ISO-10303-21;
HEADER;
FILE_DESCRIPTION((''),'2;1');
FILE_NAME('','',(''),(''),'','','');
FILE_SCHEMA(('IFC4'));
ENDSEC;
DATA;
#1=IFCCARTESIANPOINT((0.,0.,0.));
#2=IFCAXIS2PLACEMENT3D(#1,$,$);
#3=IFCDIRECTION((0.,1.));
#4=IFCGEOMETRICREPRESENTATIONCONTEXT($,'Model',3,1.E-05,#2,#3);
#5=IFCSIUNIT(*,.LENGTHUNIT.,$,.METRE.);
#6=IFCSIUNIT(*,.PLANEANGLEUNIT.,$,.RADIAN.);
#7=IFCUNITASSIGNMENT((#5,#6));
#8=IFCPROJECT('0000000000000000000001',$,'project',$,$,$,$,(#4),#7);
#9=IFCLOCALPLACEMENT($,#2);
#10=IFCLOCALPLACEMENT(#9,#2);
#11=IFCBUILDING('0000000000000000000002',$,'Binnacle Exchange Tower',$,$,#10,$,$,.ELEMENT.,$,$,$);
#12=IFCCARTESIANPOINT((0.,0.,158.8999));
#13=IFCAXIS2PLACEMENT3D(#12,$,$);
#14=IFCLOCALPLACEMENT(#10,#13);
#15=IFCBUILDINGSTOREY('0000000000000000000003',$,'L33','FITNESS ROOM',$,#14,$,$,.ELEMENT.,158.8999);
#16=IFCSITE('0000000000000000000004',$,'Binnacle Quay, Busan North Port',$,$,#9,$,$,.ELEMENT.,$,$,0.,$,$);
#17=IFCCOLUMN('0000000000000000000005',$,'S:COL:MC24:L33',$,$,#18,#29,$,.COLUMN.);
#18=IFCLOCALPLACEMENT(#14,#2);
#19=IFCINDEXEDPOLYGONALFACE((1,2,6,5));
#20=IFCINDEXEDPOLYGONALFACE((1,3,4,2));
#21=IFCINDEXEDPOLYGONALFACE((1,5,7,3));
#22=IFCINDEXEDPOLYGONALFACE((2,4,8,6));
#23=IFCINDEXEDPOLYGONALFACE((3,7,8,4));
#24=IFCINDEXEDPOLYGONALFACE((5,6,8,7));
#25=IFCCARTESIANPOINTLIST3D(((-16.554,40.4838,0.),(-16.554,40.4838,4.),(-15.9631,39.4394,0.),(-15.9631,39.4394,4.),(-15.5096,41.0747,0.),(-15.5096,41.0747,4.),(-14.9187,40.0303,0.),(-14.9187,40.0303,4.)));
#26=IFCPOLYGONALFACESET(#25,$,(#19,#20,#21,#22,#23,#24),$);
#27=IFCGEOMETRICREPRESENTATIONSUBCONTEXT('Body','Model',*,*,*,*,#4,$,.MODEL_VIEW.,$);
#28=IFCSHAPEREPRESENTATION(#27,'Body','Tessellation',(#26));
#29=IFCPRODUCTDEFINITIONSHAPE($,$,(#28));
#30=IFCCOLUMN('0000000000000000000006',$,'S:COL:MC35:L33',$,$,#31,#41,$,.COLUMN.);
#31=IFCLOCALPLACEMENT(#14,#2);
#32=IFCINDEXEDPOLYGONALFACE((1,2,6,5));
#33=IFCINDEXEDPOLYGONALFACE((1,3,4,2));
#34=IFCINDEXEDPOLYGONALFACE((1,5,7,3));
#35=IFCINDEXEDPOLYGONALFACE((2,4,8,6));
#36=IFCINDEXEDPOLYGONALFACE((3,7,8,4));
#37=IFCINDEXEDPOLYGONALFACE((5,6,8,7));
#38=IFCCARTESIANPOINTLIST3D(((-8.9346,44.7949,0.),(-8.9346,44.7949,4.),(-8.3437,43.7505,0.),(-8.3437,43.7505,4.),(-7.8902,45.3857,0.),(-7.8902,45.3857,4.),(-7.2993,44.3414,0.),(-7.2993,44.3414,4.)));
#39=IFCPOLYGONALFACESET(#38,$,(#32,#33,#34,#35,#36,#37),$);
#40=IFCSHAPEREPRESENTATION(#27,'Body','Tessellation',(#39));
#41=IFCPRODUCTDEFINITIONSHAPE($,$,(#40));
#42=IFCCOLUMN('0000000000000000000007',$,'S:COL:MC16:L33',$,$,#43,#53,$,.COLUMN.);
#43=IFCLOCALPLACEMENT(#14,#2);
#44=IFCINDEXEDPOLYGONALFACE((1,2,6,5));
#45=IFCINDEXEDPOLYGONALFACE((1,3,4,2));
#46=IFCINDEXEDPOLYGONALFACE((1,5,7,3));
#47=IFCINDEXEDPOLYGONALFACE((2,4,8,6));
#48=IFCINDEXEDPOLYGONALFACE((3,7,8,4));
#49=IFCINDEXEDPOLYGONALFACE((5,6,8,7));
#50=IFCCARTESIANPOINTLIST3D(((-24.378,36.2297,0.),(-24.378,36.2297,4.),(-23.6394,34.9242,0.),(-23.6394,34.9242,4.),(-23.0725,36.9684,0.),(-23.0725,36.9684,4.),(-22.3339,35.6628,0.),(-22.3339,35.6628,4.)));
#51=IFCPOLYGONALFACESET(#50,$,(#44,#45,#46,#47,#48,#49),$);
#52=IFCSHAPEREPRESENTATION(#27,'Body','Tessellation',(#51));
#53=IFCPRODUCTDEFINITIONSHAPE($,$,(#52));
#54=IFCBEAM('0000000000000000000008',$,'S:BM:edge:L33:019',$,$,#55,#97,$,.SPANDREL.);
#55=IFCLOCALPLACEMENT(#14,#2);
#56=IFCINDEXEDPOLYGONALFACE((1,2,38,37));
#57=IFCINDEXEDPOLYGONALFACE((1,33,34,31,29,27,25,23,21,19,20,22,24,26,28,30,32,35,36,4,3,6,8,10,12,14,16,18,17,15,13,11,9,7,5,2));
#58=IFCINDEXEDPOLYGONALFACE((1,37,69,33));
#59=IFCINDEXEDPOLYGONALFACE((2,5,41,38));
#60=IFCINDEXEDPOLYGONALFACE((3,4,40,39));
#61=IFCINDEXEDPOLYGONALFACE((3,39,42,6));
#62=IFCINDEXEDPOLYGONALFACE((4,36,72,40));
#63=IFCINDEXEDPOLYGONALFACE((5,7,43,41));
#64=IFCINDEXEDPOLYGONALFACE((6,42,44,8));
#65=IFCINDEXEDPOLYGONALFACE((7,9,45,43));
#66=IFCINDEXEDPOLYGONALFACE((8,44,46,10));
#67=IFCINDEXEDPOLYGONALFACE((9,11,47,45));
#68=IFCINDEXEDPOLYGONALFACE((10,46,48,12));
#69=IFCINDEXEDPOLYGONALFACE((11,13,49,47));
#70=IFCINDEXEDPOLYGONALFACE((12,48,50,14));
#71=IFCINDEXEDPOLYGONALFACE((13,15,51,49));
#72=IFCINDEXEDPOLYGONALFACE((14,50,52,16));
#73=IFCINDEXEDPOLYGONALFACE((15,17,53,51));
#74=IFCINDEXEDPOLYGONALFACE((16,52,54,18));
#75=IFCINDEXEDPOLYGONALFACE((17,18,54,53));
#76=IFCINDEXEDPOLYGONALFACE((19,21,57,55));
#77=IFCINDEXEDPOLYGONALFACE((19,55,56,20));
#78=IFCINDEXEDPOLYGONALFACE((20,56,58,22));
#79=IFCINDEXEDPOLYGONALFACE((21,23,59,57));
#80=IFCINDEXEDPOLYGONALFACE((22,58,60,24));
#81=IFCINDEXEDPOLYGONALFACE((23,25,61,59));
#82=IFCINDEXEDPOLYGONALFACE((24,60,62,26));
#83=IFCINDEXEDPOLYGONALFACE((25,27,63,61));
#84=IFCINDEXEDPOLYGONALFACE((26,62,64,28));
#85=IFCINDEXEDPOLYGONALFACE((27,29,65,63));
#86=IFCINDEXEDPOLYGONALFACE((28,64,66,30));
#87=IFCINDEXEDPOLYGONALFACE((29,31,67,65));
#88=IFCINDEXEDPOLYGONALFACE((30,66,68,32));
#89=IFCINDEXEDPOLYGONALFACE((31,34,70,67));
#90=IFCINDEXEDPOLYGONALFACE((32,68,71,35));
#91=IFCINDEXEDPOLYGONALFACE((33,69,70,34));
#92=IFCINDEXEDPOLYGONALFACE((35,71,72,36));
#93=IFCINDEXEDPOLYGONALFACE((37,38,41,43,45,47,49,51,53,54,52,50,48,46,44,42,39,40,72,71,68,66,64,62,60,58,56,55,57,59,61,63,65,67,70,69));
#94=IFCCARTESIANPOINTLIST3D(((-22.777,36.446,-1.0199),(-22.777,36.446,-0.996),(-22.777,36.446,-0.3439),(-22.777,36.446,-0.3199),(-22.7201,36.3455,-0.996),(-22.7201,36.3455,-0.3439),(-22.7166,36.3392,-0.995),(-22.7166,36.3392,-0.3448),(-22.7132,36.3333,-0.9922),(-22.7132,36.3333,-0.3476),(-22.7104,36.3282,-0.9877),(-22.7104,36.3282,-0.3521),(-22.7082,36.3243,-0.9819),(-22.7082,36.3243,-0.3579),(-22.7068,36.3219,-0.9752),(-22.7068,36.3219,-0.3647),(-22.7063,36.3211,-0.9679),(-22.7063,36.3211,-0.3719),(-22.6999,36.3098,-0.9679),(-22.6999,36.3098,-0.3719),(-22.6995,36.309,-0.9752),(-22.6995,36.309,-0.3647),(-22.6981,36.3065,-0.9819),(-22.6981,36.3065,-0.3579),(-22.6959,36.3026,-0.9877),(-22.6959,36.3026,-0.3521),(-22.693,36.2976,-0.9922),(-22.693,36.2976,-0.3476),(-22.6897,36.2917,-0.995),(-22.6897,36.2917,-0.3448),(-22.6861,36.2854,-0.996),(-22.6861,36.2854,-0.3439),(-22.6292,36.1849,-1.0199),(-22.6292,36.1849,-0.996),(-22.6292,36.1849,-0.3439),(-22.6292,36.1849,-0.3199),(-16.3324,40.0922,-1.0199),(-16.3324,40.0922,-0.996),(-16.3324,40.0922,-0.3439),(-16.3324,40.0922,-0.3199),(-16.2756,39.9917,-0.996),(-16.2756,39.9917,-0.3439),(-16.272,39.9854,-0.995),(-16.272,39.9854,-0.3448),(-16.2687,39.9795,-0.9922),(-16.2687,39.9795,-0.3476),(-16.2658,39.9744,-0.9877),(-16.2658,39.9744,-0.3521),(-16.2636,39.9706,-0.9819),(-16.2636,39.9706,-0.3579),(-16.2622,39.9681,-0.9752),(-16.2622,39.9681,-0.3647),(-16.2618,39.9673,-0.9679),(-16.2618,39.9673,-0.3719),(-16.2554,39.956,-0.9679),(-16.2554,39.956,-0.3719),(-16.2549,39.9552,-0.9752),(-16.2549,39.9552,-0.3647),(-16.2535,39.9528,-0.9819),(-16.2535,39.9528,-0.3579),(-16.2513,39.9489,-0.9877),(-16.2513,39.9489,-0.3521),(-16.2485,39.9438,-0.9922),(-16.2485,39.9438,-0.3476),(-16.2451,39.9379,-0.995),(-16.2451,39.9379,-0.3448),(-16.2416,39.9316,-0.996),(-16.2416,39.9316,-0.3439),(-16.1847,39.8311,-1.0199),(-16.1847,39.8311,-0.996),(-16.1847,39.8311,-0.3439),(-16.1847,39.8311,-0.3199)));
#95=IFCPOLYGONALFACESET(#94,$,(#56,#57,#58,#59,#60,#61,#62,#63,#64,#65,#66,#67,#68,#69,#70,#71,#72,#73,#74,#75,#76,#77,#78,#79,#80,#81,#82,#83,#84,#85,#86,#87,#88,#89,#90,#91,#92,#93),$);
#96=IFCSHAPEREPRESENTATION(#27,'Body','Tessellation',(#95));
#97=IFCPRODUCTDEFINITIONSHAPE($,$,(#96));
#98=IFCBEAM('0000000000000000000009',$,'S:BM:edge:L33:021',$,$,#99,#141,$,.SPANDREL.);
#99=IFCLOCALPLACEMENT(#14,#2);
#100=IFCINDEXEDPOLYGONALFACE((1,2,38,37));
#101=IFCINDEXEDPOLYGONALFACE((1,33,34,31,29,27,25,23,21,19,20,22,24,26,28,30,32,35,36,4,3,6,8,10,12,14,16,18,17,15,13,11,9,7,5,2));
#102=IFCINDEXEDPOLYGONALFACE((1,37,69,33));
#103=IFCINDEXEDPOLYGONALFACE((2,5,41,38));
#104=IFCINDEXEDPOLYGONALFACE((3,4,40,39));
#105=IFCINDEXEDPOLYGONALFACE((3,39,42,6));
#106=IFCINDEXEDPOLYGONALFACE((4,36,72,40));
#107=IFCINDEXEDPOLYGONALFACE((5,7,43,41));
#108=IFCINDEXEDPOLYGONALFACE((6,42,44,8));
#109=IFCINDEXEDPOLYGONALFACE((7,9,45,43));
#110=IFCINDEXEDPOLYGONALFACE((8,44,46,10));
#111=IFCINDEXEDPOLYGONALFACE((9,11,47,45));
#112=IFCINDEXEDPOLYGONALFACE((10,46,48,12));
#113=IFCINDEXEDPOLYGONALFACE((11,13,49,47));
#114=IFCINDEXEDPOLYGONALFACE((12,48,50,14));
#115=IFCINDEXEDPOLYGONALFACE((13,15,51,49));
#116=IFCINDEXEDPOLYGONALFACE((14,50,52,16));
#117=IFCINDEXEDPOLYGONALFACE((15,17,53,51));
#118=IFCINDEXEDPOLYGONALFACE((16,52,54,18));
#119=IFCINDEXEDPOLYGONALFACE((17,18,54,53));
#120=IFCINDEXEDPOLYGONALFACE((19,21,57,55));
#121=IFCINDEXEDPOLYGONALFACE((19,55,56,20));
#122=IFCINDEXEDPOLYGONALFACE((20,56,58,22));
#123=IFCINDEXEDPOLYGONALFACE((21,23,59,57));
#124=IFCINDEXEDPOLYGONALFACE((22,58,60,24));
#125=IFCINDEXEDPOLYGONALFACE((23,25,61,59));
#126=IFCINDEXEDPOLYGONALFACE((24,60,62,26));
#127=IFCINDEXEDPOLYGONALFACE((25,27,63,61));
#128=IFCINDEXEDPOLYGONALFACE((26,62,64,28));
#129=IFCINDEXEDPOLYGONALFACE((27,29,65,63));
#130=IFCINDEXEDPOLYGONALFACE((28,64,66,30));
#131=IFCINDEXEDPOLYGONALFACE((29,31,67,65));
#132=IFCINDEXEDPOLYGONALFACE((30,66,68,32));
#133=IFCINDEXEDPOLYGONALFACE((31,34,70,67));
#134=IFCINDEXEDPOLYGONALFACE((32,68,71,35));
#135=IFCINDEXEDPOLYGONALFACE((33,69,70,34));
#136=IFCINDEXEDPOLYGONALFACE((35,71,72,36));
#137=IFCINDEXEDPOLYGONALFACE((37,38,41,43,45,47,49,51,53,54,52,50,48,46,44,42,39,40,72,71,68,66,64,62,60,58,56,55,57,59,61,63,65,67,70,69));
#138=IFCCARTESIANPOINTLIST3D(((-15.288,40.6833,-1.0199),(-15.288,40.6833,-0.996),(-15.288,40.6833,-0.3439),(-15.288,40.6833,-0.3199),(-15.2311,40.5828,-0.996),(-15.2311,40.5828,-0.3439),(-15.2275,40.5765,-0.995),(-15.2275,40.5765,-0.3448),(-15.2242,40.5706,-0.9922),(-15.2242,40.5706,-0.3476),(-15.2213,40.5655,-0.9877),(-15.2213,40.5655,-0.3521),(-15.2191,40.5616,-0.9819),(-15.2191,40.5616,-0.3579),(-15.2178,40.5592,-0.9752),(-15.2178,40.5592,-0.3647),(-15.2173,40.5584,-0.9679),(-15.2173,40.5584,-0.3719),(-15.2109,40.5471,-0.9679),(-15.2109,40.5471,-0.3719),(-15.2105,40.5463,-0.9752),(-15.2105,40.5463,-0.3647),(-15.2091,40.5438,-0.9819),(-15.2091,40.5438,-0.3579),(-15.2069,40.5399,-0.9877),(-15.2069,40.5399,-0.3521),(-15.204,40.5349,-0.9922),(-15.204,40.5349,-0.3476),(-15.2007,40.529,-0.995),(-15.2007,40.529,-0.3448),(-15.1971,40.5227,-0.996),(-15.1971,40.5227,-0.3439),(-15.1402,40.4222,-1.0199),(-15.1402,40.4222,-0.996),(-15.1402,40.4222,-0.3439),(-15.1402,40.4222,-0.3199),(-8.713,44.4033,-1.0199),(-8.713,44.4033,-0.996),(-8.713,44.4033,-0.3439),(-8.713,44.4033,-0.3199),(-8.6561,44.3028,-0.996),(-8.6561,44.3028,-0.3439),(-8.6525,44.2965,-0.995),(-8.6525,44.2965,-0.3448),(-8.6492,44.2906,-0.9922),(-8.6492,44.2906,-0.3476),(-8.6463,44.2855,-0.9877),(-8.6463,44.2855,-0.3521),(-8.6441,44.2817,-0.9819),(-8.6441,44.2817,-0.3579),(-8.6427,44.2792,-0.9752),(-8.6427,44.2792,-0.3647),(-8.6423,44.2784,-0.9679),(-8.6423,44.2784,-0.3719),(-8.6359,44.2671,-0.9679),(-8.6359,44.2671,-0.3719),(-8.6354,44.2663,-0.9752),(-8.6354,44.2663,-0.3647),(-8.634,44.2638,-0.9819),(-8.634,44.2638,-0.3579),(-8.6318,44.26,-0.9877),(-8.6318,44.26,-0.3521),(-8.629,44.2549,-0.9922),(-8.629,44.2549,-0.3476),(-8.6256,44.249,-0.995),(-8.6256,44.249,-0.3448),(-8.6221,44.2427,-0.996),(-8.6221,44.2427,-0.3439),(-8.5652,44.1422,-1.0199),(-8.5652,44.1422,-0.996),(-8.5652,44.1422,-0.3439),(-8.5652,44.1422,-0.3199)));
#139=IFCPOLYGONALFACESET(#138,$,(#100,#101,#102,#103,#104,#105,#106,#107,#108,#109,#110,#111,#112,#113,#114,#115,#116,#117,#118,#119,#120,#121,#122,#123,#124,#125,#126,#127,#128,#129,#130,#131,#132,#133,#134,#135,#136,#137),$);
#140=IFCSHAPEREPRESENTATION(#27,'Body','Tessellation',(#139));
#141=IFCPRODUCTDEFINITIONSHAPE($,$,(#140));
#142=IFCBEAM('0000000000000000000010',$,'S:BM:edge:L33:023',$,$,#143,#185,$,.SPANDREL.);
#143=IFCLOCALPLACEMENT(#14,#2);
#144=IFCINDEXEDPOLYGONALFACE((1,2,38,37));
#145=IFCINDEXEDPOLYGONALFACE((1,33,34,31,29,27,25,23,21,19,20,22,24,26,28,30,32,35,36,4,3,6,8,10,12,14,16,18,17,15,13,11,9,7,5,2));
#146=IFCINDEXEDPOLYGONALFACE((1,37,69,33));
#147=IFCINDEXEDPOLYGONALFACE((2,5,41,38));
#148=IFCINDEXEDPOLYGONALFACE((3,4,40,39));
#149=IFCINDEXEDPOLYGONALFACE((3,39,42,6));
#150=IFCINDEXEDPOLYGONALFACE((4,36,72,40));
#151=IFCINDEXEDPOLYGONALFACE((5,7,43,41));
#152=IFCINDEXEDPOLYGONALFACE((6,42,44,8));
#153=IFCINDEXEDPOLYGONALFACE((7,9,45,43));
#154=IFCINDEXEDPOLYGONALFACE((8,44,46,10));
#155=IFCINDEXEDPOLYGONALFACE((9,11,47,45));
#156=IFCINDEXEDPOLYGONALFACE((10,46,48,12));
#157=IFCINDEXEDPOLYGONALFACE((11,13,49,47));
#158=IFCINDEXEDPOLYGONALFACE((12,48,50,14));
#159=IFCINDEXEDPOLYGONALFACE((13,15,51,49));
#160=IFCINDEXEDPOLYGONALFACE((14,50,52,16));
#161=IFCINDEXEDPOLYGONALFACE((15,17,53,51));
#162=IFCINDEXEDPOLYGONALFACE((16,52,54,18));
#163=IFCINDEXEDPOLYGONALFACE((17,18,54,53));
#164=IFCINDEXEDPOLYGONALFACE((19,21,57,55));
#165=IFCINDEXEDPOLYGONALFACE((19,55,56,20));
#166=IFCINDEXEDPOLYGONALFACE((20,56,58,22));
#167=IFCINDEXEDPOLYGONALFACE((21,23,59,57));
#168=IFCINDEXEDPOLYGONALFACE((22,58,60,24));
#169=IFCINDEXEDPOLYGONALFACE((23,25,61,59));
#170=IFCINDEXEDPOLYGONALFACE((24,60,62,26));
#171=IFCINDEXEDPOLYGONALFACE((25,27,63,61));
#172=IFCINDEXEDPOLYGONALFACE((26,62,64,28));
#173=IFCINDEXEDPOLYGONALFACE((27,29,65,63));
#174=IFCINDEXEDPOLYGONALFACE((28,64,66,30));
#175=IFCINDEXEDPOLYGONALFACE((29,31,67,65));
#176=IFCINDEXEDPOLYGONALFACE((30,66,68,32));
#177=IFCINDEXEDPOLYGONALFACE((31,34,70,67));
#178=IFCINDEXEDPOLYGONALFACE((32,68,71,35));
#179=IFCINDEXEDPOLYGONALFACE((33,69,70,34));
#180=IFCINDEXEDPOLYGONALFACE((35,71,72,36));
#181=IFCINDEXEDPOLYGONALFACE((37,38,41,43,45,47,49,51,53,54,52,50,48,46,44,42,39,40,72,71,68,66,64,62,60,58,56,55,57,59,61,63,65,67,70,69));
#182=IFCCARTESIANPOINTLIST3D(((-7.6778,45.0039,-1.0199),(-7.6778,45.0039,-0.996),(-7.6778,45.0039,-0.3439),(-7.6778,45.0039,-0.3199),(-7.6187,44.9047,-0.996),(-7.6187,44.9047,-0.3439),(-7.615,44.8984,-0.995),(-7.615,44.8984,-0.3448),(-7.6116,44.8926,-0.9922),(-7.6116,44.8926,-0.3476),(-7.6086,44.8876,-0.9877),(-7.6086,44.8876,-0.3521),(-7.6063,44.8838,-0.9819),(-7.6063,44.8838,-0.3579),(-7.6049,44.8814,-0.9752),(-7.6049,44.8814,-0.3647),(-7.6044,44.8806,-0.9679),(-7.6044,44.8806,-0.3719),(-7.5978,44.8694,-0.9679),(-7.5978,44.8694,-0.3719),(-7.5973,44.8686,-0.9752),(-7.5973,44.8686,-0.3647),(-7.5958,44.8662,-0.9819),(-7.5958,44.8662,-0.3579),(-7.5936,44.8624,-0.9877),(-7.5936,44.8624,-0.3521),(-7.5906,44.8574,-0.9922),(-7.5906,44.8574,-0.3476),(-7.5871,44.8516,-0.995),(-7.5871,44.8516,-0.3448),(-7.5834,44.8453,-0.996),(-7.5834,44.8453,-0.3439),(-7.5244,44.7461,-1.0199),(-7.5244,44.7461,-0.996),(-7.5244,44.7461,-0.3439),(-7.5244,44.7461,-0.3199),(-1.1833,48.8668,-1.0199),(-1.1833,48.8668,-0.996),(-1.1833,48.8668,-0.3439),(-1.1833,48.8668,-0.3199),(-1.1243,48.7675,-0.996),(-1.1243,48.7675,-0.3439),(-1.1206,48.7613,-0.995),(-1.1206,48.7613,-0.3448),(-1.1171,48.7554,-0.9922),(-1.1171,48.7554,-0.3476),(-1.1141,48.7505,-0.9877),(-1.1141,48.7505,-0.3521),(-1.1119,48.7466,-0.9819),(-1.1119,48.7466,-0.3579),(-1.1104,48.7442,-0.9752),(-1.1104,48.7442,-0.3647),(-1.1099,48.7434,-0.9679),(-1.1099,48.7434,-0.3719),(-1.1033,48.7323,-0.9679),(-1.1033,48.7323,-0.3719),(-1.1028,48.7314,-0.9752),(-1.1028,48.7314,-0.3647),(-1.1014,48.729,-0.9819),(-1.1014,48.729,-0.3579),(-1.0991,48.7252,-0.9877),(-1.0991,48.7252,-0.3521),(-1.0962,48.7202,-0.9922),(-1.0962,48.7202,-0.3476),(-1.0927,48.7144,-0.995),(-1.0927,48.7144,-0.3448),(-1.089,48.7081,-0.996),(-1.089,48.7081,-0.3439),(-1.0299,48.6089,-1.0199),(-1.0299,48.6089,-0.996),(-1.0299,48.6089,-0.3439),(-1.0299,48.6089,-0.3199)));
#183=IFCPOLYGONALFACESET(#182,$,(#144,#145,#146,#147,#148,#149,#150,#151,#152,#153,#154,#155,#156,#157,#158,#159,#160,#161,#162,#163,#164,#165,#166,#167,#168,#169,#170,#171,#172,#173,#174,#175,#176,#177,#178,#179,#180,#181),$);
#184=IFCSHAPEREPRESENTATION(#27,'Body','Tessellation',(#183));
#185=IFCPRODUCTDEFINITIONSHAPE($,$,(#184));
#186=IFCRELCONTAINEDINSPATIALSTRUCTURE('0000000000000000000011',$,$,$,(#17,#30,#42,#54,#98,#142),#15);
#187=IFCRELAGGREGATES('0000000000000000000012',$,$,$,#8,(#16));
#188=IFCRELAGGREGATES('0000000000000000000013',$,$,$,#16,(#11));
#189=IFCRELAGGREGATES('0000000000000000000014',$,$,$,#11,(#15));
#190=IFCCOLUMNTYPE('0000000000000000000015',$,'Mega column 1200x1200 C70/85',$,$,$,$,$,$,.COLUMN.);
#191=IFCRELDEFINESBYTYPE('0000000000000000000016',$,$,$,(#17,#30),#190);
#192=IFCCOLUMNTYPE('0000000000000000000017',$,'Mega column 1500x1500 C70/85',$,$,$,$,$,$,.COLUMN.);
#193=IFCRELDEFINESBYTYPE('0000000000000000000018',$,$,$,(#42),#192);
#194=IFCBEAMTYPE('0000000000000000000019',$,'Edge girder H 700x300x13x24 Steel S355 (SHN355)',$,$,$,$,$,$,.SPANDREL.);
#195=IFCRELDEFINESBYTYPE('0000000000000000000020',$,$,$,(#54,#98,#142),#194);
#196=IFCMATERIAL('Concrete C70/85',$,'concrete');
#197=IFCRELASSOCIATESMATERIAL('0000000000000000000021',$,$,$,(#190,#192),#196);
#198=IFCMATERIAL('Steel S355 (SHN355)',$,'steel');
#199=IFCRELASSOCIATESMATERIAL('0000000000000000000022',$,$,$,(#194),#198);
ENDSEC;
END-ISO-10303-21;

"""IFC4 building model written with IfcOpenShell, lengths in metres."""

from ifc_helpers import new_model, si_unit, direction, frame, origin, origin_2d, place, context, subcontext, project, spatial, rectangle, i_section, extrude, material, material_profile, profile_set, type_object, element, save


model = new_model("IFC4")

# Units and contexts
model_context = context("Model", 3, precision=1e-05, world=origin(), true_north=direction((0.0, 1.0)))
body_context = subcontext(model_context, "Body", "Model", "MODEL_VIEW")
ifc_project = project(units=[si_unit("LENGTHUNIT", "METRE"), si_unit("PLANEANGLEUNIT", "RADIAN")], contexts=[model_context])

# Site, building, storey
site_placement = place(None, origin())
site = spatial("IfcSite", under=ifc_project, at=site_placement, Name="Binnacle Quay, Busan North Port", CompositionType="ELEMENT", RefElevation=0.0)
building_placement = place(site_placement, origin())
building = spatial("IfcBuilding", under=site, at=building_placement, Name="Binnacle Exchange Tower", CompositionType="ELEMENT")
storey_placement = place(building_placement, frame((0.0, 0.0, 158.8999)))
storey = spatial("IfcBuildingStorey", under=building, at=storey_placement, Name="L33", Description="FITNESS ROOM", CompositionType="ELEMENT", Elevation=158.8999)

# Columns
ifc_material_1 = material(Name="Concrete C70/85", Category="concrete")
ifc_material_profile_1 = material_profile(ifc_material_1, rectangle(XDim=1.2, YDim=1.2, at=origin_2d()), Name="Mega column 1200x1200 C70/85")
ifc_profile_set_1 = profile_set([ifc_material_profile_1], Name="Concrete C70/85")
column_type_1 = type_object("IfcColumnType", Name="Mega column 1200x1200 C70/85", PredefinedType="COLUMN", material=ifc_profile_set_1)
for number, where, z_axis, x_axis, name in (
    (1, (-15.7363, 40.2571, 0.0), (0.0, 0.0, 1.0), (0.870356, 0.492424, 0.0), "S:COL:MC24:L33"),
    (2, (-8.1169, 44.5681, 0.0), (0.0, 0.0, 1.0), (0.870356, 0.492424, 0.0), "S:COL:MC35:L33"),
):
    element("IfcColumn", number, at=place(storey_placement, frame(where, z_axis=z_axis, x_axis=x_axis)), inside=storey, type_object=column_type_1, Name=name, PredefinedType="COLUMN", context=body_context, shape_type="SweptSolid", body=[
        extrude(rectangle(XDim=1.2, YDim=1.2, at=origin_2d()), origin(), (0.0, 0.0, 1.0), 4.0),
    ])
ifc_material_profile_2 = material_profile(ifc_material_1, rectangle(XDim=1.5, YDim=1.5, at=origin_2d()), Name="Mega column 1500x1500 C70/85")
ifc_profile_set_2 = profile_set([ifc_material_profile_2], Name="Concrete C70/85")
column_type_2 = type_object("IfcColumnType", Name="Mega column 1500x1500 C70/85", PredefinedType="COLUMN", material=ifc_profile_set_2)
column_placement = place(storey_placement, frame((-23.356, 35.9463, 0.0), z_axis=(0.0, 0.0, 1.0), x_axis=(0.870356, 0.492424, 0.0)))
element("IfcColumn", 3, at=column_placement, inside=storey, type_object=column_type_2, Name="S:COL:MC16:L33", PredefinedType="COLUMN", context=body_context, shape_type="SweptSolid", body=[
    extrude(rectangle(XDim=1.5, YDim=1.5, at=origin_2d()), origin(), (0.0, 0.0, 1.0), 4.0),
])

# Beams
ifc_material_2 = material(Name="Steel S355 (SHN355)", Category="steel")
ifc_material_profile_3 = material_profile(ifc_material_2, i_section(OverallWidth=0.3, OverallDepth=0.7, WebThickness=0.0129, FlangeThickness=0.0239, FilletRadius=0.0281, at=origin_2d()), Name="H 700x300x13x24")
ifc_profile_set_3 = profile_set([ifc_material_profile_3], Name="Steel S355 (SHN355)")
beam_type_1 = type_object("IfcBeamType", Name="Edge girder H 700x300x13x24 Steel S355 (SHN355)", PredefinedType="SPANDREL", material=ifc_profile_set_3)
beam_1_placement = place(storey_placement, frame((-22.7031, 36.3154, -0.6699), z_axis=(0.870352, 0.492431, 0.0), x_axis=(-0.492431, 0.870352, 0.0)))
element("IfcBeam", 4, at=beam_1_placement, inside=storey, type_object=beam_type_1, Name="S:BM:edge:L33:019", PredefinedType="SPANDREL", context=body_context, shape_type="SweptSolid", body=[
    extrude(i_section(OverallWidth=0.3, OverallDepth=0.7, WebThickness=0.0129, FlangeThickness=0.0239, FilletRadius=0.0281, at=origin_2d()), origin(), (0.0, 0.0, 1.0), 7.4045),
])
beam_2_placement = place(storey_placement, frame((-15.2141, 40.5527, -0.6699), z_axis=(0.870353, 0.492428, 0.0), x_axis=(-0.492428, 0.870353, 0.0)))
element("IfcBeam", 5, at=beam_2_placement, inside=storey, type_object=beam_type_1, Name="S:BM:edge:L33:021", PredefinedType="SPANDREL", context=body_context, shape_type="SweptSolid", body=[
    extrude(i_section(OverallWidth=0.3, OverallDepth=0.7, WebThickness=0.0129, FlangeThickness=0.0239, FilletRadius=0.0281, at=origin_2d()), origin(), (0.0, 0.0, 1.0), 7.5544),
])
beam_3_placement = place(storey_placement, frame((-7.6011, 44.875, -0.6699), z_axis=(0.859462, 0.511199, 0.0), x_axis=(-0.511199, 0.859462, 0.0)))
element("IfcBeam", 6, at=beam_3_placement, inside=storey, type_object=beam_type_1, Name="S:BM:edge:L33:023", PredefinedType="SPANDREL", context=body_context, shape_type="SweptSolid", body=[
    extrude(i_section(OverallWidth=0.3, OverallDepth=0.7, WebThickness=0.0129, FlangeThickness=0.0239, FilletRadius=0.0281, at=origin_2d()), origin(), (0.0, 0.0, 1.0), 7.5564),
])

save(model, "model.ifc")
